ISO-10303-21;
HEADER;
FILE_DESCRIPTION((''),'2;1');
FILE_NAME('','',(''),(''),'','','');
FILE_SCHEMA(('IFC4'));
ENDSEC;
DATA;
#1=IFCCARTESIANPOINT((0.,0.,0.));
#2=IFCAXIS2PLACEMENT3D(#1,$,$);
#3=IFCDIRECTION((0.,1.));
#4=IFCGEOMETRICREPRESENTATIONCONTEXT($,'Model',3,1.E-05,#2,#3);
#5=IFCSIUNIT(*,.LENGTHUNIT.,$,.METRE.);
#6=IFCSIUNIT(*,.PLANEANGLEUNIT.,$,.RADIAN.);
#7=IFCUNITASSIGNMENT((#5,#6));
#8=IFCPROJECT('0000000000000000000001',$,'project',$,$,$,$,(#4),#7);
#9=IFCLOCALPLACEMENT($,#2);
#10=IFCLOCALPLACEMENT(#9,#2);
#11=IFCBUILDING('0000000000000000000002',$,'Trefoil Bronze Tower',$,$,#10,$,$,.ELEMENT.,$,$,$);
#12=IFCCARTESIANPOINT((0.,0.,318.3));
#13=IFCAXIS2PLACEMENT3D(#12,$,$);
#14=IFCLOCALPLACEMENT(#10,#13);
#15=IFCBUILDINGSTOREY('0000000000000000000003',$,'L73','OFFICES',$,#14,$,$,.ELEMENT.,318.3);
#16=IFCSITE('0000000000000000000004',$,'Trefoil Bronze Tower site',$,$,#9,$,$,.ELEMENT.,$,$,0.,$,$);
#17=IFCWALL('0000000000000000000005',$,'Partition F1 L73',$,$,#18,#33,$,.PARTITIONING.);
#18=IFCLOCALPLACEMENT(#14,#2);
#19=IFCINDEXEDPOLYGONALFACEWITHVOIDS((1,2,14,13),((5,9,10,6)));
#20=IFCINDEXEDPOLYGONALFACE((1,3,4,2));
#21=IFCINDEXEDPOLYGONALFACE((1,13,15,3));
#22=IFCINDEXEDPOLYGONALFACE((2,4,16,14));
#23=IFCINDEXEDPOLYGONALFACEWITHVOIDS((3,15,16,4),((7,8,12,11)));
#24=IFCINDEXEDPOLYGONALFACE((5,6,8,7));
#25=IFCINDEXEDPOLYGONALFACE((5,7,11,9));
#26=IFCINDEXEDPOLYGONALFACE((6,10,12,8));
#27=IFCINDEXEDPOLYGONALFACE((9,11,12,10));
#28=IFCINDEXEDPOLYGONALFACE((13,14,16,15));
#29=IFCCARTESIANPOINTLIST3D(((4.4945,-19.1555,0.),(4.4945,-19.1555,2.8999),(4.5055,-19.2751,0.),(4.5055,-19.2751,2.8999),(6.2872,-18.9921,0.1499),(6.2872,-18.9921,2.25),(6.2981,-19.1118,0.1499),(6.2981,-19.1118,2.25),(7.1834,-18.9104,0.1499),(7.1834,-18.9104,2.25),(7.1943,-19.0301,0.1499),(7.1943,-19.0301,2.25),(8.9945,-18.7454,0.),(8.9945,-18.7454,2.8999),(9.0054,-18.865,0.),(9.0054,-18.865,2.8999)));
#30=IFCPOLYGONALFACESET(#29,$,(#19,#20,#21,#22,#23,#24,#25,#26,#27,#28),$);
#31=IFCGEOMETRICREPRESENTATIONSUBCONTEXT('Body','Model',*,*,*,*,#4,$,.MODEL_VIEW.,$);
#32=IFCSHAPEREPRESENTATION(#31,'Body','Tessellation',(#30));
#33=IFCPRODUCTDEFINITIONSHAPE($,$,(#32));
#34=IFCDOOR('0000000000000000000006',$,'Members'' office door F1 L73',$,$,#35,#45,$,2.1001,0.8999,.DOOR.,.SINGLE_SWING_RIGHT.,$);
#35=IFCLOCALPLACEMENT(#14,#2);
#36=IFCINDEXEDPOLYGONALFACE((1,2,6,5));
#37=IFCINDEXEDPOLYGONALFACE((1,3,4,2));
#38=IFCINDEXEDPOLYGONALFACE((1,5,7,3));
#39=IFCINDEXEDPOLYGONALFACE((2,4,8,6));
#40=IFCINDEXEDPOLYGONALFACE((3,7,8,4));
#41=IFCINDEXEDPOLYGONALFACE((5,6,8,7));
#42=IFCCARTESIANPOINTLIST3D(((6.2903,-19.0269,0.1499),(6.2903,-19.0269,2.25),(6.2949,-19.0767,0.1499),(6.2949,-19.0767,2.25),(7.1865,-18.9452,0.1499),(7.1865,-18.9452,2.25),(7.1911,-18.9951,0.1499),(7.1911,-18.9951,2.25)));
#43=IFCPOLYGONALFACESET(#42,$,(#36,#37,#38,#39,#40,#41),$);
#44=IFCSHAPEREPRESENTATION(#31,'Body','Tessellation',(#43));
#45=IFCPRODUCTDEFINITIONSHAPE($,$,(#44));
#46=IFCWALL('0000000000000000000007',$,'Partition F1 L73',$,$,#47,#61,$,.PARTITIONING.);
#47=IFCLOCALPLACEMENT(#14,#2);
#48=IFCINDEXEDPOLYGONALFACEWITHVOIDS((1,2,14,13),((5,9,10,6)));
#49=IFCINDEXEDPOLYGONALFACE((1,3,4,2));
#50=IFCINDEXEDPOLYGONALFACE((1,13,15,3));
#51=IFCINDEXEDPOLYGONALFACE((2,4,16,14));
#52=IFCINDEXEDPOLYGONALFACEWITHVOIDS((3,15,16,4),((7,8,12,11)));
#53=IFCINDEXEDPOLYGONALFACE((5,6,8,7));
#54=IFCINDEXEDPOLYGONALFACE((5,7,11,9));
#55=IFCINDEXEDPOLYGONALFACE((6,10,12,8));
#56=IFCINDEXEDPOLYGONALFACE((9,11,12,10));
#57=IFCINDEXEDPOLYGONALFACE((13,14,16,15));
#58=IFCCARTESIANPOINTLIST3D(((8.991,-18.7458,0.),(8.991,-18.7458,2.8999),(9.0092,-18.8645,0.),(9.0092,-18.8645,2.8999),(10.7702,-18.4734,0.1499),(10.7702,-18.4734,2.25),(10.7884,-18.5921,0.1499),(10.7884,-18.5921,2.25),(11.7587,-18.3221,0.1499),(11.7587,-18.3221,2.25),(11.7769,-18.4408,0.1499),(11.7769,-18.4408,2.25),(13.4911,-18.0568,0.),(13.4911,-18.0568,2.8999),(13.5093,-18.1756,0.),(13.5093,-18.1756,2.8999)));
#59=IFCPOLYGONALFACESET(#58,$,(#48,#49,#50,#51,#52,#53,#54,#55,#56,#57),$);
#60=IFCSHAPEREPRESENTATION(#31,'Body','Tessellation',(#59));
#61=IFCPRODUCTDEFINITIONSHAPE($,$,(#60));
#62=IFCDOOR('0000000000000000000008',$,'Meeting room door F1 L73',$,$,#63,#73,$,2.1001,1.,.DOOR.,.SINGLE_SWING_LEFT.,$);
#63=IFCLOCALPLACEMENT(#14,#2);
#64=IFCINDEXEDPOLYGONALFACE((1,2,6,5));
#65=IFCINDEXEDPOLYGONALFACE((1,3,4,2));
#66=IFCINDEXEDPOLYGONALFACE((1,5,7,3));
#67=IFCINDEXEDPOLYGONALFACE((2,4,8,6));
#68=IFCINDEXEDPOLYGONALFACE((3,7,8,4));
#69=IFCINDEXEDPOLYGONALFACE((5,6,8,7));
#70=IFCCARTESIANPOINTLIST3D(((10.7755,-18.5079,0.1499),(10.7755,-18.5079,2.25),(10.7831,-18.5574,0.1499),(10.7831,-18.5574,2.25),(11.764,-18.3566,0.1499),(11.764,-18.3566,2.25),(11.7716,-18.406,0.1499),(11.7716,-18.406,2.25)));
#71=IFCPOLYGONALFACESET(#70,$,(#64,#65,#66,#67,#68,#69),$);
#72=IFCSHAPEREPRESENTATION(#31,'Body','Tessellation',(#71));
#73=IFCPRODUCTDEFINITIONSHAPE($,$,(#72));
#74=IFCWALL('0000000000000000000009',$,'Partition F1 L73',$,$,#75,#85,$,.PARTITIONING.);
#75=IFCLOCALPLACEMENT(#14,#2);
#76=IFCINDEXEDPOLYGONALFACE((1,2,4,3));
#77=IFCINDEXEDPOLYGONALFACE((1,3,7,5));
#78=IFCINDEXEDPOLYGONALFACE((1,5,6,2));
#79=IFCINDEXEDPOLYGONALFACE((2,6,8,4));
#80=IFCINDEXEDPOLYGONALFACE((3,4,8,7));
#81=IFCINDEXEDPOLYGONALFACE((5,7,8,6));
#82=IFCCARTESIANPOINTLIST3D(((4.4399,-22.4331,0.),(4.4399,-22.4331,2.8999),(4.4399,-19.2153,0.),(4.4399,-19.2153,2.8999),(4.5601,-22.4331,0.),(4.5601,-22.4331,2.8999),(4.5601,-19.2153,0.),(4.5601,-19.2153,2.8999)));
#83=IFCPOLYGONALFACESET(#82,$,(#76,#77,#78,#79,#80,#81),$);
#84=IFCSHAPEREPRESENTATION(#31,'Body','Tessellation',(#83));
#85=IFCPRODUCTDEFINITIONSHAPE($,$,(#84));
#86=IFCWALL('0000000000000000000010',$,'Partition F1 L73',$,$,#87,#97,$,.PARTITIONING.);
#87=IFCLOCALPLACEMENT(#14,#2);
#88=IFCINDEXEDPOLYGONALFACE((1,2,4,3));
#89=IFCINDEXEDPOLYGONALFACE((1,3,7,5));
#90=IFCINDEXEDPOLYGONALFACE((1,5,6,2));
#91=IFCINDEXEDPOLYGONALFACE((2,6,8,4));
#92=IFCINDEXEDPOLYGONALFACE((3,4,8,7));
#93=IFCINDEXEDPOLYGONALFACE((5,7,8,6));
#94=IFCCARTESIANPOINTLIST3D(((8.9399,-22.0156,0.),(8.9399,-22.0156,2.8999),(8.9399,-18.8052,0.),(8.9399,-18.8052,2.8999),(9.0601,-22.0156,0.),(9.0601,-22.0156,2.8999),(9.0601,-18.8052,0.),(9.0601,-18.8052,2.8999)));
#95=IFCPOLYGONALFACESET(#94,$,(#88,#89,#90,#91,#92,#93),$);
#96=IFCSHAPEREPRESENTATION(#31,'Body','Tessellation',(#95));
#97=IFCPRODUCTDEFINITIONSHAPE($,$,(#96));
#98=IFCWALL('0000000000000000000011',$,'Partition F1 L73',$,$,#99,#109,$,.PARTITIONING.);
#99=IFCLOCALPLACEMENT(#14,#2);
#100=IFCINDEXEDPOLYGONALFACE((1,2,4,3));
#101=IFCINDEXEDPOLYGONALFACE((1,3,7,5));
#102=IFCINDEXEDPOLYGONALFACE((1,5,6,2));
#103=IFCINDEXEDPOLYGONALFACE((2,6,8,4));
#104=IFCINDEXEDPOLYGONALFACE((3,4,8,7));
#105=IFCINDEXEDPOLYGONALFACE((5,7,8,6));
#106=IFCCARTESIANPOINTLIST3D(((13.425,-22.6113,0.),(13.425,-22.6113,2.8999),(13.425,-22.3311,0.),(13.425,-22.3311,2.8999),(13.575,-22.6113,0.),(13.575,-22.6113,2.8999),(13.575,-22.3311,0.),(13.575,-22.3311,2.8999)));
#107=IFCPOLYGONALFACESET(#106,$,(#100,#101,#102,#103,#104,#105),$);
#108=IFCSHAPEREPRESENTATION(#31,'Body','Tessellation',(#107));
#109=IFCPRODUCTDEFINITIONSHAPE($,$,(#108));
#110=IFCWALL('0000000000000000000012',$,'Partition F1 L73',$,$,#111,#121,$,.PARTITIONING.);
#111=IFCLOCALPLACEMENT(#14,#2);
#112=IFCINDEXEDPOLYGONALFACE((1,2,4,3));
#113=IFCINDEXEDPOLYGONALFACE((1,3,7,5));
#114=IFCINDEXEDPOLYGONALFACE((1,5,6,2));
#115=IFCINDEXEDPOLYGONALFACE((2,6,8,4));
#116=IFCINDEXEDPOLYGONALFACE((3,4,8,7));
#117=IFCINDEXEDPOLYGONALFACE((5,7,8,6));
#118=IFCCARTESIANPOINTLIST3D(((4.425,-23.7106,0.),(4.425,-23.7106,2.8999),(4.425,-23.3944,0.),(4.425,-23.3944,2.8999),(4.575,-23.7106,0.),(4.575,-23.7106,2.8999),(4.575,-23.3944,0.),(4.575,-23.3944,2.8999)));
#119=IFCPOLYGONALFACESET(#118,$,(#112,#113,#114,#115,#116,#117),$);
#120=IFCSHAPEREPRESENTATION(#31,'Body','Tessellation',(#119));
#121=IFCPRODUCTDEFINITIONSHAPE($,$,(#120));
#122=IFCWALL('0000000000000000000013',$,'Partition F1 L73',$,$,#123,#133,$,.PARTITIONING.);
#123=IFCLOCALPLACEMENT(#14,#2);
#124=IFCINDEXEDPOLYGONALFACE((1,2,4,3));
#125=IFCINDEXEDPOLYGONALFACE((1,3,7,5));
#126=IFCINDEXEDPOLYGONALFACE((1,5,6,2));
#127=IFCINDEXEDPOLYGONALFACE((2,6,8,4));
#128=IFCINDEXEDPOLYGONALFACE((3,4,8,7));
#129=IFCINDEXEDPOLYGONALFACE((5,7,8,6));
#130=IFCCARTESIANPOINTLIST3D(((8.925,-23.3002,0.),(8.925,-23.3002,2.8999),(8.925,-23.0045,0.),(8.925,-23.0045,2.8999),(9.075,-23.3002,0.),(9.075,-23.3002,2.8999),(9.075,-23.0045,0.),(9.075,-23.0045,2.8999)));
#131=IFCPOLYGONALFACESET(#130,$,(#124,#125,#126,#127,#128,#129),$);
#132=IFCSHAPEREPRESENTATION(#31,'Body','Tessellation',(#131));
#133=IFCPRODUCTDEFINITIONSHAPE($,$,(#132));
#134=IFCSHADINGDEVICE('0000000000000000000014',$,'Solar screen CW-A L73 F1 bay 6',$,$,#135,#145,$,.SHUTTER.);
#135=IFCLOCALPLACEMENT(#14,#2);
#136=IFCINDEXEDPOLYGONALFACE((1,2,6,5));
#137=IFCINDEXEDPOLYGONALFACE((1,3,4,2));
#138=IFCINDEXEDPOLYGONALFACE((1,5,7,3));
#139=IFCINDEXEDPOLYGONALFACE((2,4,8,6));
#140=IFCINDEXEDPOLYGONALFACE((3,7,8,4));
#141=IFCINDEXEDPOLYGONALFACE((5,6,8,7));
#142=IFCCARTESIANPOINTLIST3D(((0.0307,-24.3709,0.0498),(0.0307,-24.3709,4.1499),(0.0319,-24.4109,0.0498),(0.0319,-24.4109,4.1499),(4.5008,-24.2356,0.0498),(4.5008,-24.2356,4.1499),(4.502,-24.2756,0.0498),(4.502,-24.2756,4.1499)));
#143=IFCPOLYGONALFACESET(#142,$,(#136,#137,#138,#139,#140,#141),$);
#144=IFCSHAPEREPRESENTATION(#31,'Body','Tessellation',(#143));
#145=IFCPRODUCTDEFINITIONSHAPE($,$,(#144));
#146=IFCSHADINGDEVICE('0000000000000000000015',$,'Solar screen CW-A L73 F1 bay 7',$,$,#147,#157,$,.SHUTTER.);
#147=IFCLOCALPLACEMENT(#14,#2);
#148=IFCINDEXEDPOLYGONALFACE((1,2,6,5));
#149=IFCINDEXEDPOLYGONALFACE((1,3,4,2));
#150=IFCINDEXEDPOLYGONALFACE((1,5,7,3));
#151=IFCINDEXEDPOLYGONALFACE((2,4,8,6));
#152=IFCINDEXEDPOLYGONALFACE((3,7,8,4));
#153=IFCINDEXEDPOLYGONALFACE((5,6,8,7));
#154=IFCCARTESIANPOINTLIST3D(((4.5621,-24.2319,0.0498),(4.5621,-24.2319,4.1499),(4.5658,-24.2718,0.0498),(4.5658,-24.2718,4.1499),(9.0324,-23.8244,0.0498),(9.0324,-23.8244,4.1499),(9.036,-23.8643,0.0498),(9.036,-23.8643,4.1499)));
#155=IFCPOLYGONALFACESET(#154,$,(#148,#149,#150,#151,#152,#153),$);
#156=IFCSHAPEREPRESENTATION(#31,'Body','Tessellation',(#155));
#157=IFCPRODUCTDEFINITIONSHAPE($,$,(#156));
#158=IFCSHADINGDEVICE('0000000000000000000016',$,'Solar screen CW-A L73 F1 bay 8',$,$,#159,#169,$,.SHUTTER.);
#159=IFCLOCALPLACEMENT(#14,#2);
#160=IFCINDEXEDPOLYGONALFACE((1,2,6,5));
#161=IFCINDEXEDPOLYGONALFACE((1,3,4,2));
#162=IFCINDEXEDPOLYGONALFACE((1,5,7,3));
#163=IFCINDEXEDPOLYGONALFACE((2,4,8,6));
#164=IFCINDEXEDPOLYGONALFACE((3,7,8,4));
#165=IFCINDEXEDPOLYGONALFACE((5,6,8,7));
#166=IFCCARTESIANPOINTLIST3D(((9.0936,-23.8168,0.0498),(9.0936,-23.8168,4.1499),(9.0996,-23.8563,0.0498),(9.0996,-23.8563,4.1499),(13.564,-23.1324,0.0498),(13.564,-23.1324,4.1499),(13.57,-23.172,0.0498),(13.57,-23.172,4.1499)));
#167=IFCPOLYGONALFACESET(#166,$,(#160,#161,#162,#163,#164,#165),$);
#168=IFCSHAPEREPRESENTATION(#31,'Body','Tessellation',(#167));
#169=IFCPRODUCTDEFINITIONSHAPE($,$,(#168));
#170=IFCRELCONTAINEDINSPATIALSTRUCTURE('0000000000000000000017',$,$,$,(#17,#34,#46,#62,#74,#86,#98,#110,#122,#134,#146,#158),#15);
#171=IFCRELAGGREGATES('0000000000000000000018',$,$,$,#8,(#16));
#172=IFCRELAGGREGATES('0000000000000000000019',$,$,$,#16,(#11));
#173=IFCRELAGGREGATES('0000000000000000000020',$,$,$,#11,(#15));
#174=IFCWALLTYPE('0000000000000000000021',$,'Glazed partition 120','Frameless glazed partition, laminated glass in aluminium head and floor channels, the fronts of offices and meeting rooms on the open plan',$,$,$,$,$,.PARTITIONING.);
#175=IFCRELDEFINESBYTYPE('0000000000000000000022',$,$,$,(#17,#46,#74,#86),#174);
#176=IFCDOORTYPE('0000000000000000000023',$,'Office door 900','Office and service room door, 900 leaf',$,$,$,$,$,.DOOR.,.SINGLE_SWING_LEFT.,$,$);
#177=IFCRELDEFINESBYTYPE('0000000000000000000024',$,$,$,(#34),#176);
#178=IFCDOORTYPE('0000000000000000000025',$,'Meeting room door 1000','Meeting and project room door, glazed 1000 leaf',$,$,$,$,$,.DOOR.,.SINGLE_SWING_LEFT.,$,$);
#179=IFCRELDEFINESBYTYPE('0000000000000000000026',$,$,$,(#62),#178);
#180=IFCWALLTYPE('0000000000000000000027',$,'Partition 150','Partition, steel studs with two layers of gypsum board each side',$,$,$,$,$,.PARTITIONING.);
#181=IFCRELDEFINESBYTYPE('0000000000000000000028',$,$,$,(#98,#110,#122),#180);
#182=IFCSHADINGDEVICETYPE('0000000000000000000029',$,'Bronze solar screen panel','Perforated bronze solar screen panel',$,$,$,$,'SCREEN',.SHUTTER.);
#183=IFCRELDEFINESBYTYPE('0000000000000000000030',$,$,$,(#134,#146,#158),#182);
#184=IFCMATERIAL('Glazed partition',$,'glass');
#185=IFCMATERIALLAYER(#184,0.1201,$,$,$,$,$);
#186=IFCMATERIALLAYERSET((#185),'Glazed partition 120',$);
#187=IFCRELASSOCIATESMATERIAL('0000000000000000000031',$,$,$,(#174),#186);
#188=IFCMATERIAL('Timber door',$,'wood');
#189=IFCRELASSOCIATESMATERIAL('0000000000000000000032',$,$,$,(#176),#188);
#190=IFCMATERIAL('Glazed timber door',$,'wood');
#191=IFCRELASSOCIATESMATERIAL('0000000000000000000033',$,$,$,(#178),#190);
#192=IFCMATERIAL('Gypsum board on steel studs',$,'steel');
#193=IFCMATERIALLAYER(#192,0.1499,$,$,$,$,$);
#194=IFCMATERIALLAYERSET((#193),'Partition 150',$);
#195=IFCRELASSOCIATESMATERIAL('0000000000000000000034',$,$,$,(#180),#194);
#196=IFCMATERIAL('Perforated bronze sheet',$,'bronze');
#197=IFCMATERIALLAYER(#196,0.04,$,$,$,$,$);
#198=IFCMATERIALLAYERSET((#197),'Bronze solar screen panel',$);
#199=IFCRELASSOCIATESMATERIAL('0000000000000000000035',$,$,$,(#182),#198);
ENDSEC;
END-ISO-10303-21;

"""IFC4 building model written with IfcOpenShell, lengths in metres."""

from ifc_helpers import new_model, si_unit, direction, frame, frame_2d, origin, origin_2d, place, context, subcontext, project, spatial, rectangle, extrude, material, layer, layer_set, type_object, element, fill, save


model = new_model("IFC4")

# Units and contexts
model_context = context("Model", 3, precision=1e-05, world=origin(), true_north=direction((0.0, 1.0)))
body_context = subcontext(model_context, "Body", "Model", "MODEL_VIEW")
ifc_project = project(units=[si_unit("LENGTHUNIT", "METRE"), si_unit("PLANEANGLEUNIT", "RADIAN")], contexts=[model_context])

# Site, building, storey
site_placement = place(None, origin())
site = spatial("IfcSite", under=ifc_project, at=site_placement, Name="Trefoil Bronze Tower site", CompositionType="ELEMENT", RefElevation=0.0)
building_placement = place(site_placement, origin())
building = spatial("IfcBuilding", under=site, at=building_placement, Name="Trefoil Bronze Tower", CompositionType="ELEMENT")
storey_placement = place(building_placement, frame((0.0, 0.0, 318.3)))
storey = spatial("IfcBuildingStorey", under=building, at=storey_placement, Name="L73", Description="OFFICES", CompositionType="ELEMENT", Elevation=318.3)

# Walls, openings, doors
ifc_material_1 = material(Name="Glazed partition", Category="glass")
ifc_layer_1 = layer(ifc_material_1, 0.1201)
ifc_layer_set_1 = layer_set([ifc_layer_1], Name="Glazed partition 120")
wall_type_1 = type_object("IfcWallType", Name="Glazed partition 120", Description="Frameless glazed partition, laminated glass in aluminium head and floor channels, the fronts of offices and meeting rooms on the open plan", PredefinedType="PARTITIONING", material=ifc_layer_set_1)
wall_1_placement = place(storey_placement, frame((4.5, -19.2153, 0.0), z_axis=(0.0, 0.0, 1.0), x_axis=(0.995872, 0.09077, 0.0)))
wall_1 = element("IfcWall", 1, at=wall_1_placement, inside=storey, type_object=wall_type_1, Name="Partition F1 L73", PredefinedType="PARTITIONING", context=body_context, shape_type="SweptSolid", body=[
    extrude(rectangle(XDim=4.5186, YDim=0.1201, at=frame_2d((2.2593, 0.0))), origin(), (0.0, 0.0, 1.0), 2.8999),
])
opening_1_placement = place(wall_1_placement, frame((1.8, 0.0, 0.1499)))
opening_1 = element("IfcOpeningElement", 2, at=opening_1_placement, cuts=wall_1, PredefinedType="OPENING", context=body_context, shape_type="SweptSolid", body=[
    extrude(rectangle(XDim=0.8999, YDim=2.1001, at=frame_2d((0.45, 1.05))), frame((0.0, 0.0701, 0.0), z_axis=(0.0, -1.0, 0.0), x_axis=(1.0, 0.0, 0.0)), (0.0, 0.0, 1.0), 0.1401),
])
ifc_material_2 = material(Name="Timber door", Category="wood")
door_type_1 = type_object("IfcDoorType", Name="Office door 900", Description="Office and service room door, 900 leaf", OperationType="SINGLE_SWING_LEFT", PredefinedType="DOOR", material=ifc_material_2)
door_1_placement = place(opening_1_placement, frame((0.8999, 0.0, 0.0), z_axis=(0.0, 0.0, 1.0), x_axis=(-1.0, 0.0, 0.0)))
door_1 = element("IfcDoor", 3, at=door_1_placement, inside=storey, type_object=door_type_1, Name="Members' office door F1 L73", OperationType="SINGLE_SWING_RIGHT", OverallHeight=2.1001, OverallWidth=0.8999, PredefinedType="DOOR", context=body_context, shape_type="SweptSolid", body=[
    extrude(rectangle(XDim=0.8999, YDim=2.1001, at=frame_2d((0.45, 1.05))), frame((0.0, 0.0249, 0.0), z_axis=(0.0, -1.0, 0.0), x_axis=(1.0, 0.0, 0.0)), (0.0, 0.0, 1.0), 0.05),
])
fill(opening_1, door_1)
wall_2_placement = place(storey_placement, frame((9.0, -18.8052, 0.0), z_axis=(0.0, 0.0, 1.0), x_axis=(0.988482, 0.15134, 0.0)))
wall_2 = element("IfcWall", 4, at=wall_2_placement, inside=storey, type_object=wall_type_1, Name="Partition F1 L73", PredefinedType="PARTITIONING", context=body_context, shape_type="SweptSolid", body=[
    extrude(rectangle(XDim=4.5525, YDim=0.1201, at=frame_2d((2.2764, 0.0))), origin(), (0.0, 0.0, 1.0), 2.8999),
])
opening_2_placement = place(wall_2_placement, frame((1.8, 0.0, 0.1499)))
opening_2 = element("IfcOpeningElement", 5, at=opening_2_placement, cuts=wall_2, PredefinedType="OPENING", context=body_context, shape_type="SweptSolid", body=[
    extrude(rectangle(XDim=1.0, YDim=2.1001, at=frame_2d((0.5, 1.05))), frame((0.0, 0.0701, 0.0), z_axis=(0.0, -1.0, 0.0), x_axis=(1.0, 0.0, 0.0)), (0.0, 0.0, 1.0), 0.1401),
])
ifc_material_3 = material(Name="Glazed timber door", Category="wood")
door_type_2 = type_object("IfcDoorType", Name="Meeting room door 1000", Description="Meeting and project room door, glazed 1000 leaf", OperationType="SINGLE_SWING_LEFT", PredefinedType="DOOR", material=ifc_material_3)
door_2_placement = place(opening_2_placement, frame((1.0, 0.0, 0.0), z_axis=(0.0, 0.0, 1.0), x_axis=(-1.0, 0.0, 0.0)))
door_2 = element("IfcDoor", 6, at=door_2_placement, inside=storey, type_object=door_type_2, Name="Meeting room door F1 L73", OperationType="SINGLE_SWING_LEFT", OverallHeight=2.1001, OverallWidth=1.0, PredefinedType="DOOR", context=body_context, shape_type="SweptSolid", body=[
    extrude(rectangle(XDim=1.0, YDim=2.1001, at=frame_2d((0.5, 1.05))), frame((0.0, 0.0249, 0.0), z_axis=(0.0, -1.0, 0.0), x_axis=(1.0, 0.0, 0.0)), (0.0, 0.0, 1.0), 0.05),
])
fill(opening_2, door_2)

# Walls
wall_3_placement = place(storey_placement, frame((4.5, -19.2153, 0.0), z_axis=(0.0, 0.0, 1.0), x_axis=(0.0, -1.0, 0.0)))
element("IfcWall", 7, at=wall_3_placement, inside=storey, type_object=wall_type_1, Name="Partition F1 L73", PredefinedType="PARTITIONING", context=body_context, shape_type="SweptSolid", body=[
    extrude(rectangle(XDim=3.2178, YDim=0.1201, at=frame_2d((1.6089, 0.0))), origin(), (0.0, 0.0, 1.0), 2.8999),
])
wall_4_placement = place(storey_placement, frame((9.0, -18.8052, 0.0), z_axis=(0.0, 0.0, 1.0), x_axis=(0.0, -1.0, 0.0)))
element("IfcWall", 8, at=wall_4_placement, inside=storey, type_object=wall_type_1, Name="Partition F1 L73", PredefinedType="PARTITIONING", context=body_context, shape_type="SweptSolid", body=[
    extrude(rectangle(XDim=3.2104, YDim=0.1201, at=frame_2d((1.6052, 0.0))), origin(), (0.0, 0.0, 1.0), 2.8999),
])
ifc_material_4 = material(Name="Gypsum board on steel studs", Category="steel")
ifc_layer_2 = layer(ifc_material_4, 0.1499)
ifc_layer_set_2 = layer_set([ifc_layer_2], Name="Partition 150")
wall_type_2 = type_object("IfcWallType", Name="Partition 150", Description="Partition, steel studs with two layers of gypsum board each side", PredefinedType="PARTITIONING", material=ifc_layer_set_2)
wall_5_placement = place(storey_placement, frame((13.5, -22.3311, 0.0), z_axis=(0.0, 0.0, 1.0), x_axis=(0.0, -1.0, 0.0)))
element("IfcWall", 9, at=wall_5_placement, inside=storey, type_object=wall_type_2, Name="Partition F1 L73", PredefinedType="PARTITIONING", context=body_context, shape_type="SweptSolid", body=[
    extrude(rectangle(XDim=0.2803, YDim=0.1499, at=frame_2d((0.1401, 0.0))), origin(), (0.0, 0.0, 1.0), 2.8999),
])
wall_6_placement = place(storey_placement, frame((4.5, -23.3943, 0.0), z_axis=(0.0, 0.0, 1.0), x_axis=(0.0, -1.0, 0.0)))
element("IfcWall", 10, at=wall_6_placement, inside=storey, type_object=wall_type_2, Name="Partition F1 L73", PredefinedType="PARTITIONING", context=body_context, shape_type="SweptSolid", body=[
    extrude(rectangle(XDim=0.3162, YDim=0.1499, at=frame_2d((0.1582, 0.0))), origin(), (0.0, 0.0, 1.0), 2.8999),
])
wall_7_placement = place(storey_placement, frame((9.0, -23.0044, 0.0), z_axis=(0.0, 0.0, 1.0), x_axis=(0.0, -1.0, 0.0)))
element("IfcWall", 11, at=wall_7_placement, inside=storey, type_object=wall_type_2, Name="Partition F1 L73", PredefinedType="PARTITIONING", context=body_context, shape_type="SweptSolid", body=[
    extrude(rectangle(XDim=0.2957, YDim=0.1499, at=frame_2d((0.1479, 0.0))), origin(), (0.0, 0.0, 1.0), 2.8999),
])

# Shading devices
ifc_material_5 = material(Name="Perforated bronze sheet", Category="bronze")
ifc_layer_3 = layer(ifc_material_5, 0.04)
ifc_layer_set_3 = layer_set([ifc_layer_3], Name="Bronze solar screen panel")
shading_device_type = type_object("IfcShadingDeviceType", Name="Bronze solar screen panel", Description="Perforated bronze solar screen panel", ElementType="SCREEN", PredefinedType="SHUTTER", material=ifc_layer_set_3)
shading_device_1_placement = place(storey_placement, frame((2.2664, -24.3232, 0.0498), z_axis=(0.0, 0.0, 1.0), x_axis=(0.999542, 0.030263, 0.0)))
element("IfcShadingDevice", 12, at=shading_device_1_placement, inside=storey, type_object=shading_device_type, Name="Solar screen CW-A L73 F1 bay 6", PredefinedType="SHUTTER", context=body_context, shape_type="SweptSolid", body=[
    extrude(rectangle(XDim=4.4722, YDim=0.04, at=origin_2d()), origin(), (0.0, 0.0, 1.0), 4.1001),
])
shading_device_2_placement = place(storey_placement, frame((6.7991, -24.0481, 0.0498), z_axis=(0.0, 0.0, 1.0), x_axis=(0.99587, 0.090789, 0.0)))
element("IfcShadingDevice", 13, at=shading_device_2_placement, inside=storey, type_object=shading_device_type, Name="Solar screen CW-A L73 F1 bay 7", PredefinedType="SHUTTER", context=body_context, shape_type="SweptSolid", body=[
    extrude(rectangle(XDim=4.4888, YDim=0.04, at=origin_2d()), origin(), (0.0, 0.0, 1.0), 4.1001),
])
shading_device_3_placement = place(storey_placement, frame((11.3318, -23.4944, 0.0498), z_axis=(0.0, 0.0, 1.0), x_axis=(0.988485, 0.151317, 0.0)))
element("IfcShadingDevice", 14, at=shading_device_3_placement, inside=storey, type_object=shading_device_type, Name="Solar screen CW-A L73 F1 bay 8", PredefinedType="SHUTTER", context=body_context, shape_type="SweptSolid", body=[
    extrude(rectangle(XDim=4.5225, YDim=0.04, at=origin_2d()), origin(), (0.0, 0.0, 1.0), 4.1001),
])

save(model, "model.ifc")
